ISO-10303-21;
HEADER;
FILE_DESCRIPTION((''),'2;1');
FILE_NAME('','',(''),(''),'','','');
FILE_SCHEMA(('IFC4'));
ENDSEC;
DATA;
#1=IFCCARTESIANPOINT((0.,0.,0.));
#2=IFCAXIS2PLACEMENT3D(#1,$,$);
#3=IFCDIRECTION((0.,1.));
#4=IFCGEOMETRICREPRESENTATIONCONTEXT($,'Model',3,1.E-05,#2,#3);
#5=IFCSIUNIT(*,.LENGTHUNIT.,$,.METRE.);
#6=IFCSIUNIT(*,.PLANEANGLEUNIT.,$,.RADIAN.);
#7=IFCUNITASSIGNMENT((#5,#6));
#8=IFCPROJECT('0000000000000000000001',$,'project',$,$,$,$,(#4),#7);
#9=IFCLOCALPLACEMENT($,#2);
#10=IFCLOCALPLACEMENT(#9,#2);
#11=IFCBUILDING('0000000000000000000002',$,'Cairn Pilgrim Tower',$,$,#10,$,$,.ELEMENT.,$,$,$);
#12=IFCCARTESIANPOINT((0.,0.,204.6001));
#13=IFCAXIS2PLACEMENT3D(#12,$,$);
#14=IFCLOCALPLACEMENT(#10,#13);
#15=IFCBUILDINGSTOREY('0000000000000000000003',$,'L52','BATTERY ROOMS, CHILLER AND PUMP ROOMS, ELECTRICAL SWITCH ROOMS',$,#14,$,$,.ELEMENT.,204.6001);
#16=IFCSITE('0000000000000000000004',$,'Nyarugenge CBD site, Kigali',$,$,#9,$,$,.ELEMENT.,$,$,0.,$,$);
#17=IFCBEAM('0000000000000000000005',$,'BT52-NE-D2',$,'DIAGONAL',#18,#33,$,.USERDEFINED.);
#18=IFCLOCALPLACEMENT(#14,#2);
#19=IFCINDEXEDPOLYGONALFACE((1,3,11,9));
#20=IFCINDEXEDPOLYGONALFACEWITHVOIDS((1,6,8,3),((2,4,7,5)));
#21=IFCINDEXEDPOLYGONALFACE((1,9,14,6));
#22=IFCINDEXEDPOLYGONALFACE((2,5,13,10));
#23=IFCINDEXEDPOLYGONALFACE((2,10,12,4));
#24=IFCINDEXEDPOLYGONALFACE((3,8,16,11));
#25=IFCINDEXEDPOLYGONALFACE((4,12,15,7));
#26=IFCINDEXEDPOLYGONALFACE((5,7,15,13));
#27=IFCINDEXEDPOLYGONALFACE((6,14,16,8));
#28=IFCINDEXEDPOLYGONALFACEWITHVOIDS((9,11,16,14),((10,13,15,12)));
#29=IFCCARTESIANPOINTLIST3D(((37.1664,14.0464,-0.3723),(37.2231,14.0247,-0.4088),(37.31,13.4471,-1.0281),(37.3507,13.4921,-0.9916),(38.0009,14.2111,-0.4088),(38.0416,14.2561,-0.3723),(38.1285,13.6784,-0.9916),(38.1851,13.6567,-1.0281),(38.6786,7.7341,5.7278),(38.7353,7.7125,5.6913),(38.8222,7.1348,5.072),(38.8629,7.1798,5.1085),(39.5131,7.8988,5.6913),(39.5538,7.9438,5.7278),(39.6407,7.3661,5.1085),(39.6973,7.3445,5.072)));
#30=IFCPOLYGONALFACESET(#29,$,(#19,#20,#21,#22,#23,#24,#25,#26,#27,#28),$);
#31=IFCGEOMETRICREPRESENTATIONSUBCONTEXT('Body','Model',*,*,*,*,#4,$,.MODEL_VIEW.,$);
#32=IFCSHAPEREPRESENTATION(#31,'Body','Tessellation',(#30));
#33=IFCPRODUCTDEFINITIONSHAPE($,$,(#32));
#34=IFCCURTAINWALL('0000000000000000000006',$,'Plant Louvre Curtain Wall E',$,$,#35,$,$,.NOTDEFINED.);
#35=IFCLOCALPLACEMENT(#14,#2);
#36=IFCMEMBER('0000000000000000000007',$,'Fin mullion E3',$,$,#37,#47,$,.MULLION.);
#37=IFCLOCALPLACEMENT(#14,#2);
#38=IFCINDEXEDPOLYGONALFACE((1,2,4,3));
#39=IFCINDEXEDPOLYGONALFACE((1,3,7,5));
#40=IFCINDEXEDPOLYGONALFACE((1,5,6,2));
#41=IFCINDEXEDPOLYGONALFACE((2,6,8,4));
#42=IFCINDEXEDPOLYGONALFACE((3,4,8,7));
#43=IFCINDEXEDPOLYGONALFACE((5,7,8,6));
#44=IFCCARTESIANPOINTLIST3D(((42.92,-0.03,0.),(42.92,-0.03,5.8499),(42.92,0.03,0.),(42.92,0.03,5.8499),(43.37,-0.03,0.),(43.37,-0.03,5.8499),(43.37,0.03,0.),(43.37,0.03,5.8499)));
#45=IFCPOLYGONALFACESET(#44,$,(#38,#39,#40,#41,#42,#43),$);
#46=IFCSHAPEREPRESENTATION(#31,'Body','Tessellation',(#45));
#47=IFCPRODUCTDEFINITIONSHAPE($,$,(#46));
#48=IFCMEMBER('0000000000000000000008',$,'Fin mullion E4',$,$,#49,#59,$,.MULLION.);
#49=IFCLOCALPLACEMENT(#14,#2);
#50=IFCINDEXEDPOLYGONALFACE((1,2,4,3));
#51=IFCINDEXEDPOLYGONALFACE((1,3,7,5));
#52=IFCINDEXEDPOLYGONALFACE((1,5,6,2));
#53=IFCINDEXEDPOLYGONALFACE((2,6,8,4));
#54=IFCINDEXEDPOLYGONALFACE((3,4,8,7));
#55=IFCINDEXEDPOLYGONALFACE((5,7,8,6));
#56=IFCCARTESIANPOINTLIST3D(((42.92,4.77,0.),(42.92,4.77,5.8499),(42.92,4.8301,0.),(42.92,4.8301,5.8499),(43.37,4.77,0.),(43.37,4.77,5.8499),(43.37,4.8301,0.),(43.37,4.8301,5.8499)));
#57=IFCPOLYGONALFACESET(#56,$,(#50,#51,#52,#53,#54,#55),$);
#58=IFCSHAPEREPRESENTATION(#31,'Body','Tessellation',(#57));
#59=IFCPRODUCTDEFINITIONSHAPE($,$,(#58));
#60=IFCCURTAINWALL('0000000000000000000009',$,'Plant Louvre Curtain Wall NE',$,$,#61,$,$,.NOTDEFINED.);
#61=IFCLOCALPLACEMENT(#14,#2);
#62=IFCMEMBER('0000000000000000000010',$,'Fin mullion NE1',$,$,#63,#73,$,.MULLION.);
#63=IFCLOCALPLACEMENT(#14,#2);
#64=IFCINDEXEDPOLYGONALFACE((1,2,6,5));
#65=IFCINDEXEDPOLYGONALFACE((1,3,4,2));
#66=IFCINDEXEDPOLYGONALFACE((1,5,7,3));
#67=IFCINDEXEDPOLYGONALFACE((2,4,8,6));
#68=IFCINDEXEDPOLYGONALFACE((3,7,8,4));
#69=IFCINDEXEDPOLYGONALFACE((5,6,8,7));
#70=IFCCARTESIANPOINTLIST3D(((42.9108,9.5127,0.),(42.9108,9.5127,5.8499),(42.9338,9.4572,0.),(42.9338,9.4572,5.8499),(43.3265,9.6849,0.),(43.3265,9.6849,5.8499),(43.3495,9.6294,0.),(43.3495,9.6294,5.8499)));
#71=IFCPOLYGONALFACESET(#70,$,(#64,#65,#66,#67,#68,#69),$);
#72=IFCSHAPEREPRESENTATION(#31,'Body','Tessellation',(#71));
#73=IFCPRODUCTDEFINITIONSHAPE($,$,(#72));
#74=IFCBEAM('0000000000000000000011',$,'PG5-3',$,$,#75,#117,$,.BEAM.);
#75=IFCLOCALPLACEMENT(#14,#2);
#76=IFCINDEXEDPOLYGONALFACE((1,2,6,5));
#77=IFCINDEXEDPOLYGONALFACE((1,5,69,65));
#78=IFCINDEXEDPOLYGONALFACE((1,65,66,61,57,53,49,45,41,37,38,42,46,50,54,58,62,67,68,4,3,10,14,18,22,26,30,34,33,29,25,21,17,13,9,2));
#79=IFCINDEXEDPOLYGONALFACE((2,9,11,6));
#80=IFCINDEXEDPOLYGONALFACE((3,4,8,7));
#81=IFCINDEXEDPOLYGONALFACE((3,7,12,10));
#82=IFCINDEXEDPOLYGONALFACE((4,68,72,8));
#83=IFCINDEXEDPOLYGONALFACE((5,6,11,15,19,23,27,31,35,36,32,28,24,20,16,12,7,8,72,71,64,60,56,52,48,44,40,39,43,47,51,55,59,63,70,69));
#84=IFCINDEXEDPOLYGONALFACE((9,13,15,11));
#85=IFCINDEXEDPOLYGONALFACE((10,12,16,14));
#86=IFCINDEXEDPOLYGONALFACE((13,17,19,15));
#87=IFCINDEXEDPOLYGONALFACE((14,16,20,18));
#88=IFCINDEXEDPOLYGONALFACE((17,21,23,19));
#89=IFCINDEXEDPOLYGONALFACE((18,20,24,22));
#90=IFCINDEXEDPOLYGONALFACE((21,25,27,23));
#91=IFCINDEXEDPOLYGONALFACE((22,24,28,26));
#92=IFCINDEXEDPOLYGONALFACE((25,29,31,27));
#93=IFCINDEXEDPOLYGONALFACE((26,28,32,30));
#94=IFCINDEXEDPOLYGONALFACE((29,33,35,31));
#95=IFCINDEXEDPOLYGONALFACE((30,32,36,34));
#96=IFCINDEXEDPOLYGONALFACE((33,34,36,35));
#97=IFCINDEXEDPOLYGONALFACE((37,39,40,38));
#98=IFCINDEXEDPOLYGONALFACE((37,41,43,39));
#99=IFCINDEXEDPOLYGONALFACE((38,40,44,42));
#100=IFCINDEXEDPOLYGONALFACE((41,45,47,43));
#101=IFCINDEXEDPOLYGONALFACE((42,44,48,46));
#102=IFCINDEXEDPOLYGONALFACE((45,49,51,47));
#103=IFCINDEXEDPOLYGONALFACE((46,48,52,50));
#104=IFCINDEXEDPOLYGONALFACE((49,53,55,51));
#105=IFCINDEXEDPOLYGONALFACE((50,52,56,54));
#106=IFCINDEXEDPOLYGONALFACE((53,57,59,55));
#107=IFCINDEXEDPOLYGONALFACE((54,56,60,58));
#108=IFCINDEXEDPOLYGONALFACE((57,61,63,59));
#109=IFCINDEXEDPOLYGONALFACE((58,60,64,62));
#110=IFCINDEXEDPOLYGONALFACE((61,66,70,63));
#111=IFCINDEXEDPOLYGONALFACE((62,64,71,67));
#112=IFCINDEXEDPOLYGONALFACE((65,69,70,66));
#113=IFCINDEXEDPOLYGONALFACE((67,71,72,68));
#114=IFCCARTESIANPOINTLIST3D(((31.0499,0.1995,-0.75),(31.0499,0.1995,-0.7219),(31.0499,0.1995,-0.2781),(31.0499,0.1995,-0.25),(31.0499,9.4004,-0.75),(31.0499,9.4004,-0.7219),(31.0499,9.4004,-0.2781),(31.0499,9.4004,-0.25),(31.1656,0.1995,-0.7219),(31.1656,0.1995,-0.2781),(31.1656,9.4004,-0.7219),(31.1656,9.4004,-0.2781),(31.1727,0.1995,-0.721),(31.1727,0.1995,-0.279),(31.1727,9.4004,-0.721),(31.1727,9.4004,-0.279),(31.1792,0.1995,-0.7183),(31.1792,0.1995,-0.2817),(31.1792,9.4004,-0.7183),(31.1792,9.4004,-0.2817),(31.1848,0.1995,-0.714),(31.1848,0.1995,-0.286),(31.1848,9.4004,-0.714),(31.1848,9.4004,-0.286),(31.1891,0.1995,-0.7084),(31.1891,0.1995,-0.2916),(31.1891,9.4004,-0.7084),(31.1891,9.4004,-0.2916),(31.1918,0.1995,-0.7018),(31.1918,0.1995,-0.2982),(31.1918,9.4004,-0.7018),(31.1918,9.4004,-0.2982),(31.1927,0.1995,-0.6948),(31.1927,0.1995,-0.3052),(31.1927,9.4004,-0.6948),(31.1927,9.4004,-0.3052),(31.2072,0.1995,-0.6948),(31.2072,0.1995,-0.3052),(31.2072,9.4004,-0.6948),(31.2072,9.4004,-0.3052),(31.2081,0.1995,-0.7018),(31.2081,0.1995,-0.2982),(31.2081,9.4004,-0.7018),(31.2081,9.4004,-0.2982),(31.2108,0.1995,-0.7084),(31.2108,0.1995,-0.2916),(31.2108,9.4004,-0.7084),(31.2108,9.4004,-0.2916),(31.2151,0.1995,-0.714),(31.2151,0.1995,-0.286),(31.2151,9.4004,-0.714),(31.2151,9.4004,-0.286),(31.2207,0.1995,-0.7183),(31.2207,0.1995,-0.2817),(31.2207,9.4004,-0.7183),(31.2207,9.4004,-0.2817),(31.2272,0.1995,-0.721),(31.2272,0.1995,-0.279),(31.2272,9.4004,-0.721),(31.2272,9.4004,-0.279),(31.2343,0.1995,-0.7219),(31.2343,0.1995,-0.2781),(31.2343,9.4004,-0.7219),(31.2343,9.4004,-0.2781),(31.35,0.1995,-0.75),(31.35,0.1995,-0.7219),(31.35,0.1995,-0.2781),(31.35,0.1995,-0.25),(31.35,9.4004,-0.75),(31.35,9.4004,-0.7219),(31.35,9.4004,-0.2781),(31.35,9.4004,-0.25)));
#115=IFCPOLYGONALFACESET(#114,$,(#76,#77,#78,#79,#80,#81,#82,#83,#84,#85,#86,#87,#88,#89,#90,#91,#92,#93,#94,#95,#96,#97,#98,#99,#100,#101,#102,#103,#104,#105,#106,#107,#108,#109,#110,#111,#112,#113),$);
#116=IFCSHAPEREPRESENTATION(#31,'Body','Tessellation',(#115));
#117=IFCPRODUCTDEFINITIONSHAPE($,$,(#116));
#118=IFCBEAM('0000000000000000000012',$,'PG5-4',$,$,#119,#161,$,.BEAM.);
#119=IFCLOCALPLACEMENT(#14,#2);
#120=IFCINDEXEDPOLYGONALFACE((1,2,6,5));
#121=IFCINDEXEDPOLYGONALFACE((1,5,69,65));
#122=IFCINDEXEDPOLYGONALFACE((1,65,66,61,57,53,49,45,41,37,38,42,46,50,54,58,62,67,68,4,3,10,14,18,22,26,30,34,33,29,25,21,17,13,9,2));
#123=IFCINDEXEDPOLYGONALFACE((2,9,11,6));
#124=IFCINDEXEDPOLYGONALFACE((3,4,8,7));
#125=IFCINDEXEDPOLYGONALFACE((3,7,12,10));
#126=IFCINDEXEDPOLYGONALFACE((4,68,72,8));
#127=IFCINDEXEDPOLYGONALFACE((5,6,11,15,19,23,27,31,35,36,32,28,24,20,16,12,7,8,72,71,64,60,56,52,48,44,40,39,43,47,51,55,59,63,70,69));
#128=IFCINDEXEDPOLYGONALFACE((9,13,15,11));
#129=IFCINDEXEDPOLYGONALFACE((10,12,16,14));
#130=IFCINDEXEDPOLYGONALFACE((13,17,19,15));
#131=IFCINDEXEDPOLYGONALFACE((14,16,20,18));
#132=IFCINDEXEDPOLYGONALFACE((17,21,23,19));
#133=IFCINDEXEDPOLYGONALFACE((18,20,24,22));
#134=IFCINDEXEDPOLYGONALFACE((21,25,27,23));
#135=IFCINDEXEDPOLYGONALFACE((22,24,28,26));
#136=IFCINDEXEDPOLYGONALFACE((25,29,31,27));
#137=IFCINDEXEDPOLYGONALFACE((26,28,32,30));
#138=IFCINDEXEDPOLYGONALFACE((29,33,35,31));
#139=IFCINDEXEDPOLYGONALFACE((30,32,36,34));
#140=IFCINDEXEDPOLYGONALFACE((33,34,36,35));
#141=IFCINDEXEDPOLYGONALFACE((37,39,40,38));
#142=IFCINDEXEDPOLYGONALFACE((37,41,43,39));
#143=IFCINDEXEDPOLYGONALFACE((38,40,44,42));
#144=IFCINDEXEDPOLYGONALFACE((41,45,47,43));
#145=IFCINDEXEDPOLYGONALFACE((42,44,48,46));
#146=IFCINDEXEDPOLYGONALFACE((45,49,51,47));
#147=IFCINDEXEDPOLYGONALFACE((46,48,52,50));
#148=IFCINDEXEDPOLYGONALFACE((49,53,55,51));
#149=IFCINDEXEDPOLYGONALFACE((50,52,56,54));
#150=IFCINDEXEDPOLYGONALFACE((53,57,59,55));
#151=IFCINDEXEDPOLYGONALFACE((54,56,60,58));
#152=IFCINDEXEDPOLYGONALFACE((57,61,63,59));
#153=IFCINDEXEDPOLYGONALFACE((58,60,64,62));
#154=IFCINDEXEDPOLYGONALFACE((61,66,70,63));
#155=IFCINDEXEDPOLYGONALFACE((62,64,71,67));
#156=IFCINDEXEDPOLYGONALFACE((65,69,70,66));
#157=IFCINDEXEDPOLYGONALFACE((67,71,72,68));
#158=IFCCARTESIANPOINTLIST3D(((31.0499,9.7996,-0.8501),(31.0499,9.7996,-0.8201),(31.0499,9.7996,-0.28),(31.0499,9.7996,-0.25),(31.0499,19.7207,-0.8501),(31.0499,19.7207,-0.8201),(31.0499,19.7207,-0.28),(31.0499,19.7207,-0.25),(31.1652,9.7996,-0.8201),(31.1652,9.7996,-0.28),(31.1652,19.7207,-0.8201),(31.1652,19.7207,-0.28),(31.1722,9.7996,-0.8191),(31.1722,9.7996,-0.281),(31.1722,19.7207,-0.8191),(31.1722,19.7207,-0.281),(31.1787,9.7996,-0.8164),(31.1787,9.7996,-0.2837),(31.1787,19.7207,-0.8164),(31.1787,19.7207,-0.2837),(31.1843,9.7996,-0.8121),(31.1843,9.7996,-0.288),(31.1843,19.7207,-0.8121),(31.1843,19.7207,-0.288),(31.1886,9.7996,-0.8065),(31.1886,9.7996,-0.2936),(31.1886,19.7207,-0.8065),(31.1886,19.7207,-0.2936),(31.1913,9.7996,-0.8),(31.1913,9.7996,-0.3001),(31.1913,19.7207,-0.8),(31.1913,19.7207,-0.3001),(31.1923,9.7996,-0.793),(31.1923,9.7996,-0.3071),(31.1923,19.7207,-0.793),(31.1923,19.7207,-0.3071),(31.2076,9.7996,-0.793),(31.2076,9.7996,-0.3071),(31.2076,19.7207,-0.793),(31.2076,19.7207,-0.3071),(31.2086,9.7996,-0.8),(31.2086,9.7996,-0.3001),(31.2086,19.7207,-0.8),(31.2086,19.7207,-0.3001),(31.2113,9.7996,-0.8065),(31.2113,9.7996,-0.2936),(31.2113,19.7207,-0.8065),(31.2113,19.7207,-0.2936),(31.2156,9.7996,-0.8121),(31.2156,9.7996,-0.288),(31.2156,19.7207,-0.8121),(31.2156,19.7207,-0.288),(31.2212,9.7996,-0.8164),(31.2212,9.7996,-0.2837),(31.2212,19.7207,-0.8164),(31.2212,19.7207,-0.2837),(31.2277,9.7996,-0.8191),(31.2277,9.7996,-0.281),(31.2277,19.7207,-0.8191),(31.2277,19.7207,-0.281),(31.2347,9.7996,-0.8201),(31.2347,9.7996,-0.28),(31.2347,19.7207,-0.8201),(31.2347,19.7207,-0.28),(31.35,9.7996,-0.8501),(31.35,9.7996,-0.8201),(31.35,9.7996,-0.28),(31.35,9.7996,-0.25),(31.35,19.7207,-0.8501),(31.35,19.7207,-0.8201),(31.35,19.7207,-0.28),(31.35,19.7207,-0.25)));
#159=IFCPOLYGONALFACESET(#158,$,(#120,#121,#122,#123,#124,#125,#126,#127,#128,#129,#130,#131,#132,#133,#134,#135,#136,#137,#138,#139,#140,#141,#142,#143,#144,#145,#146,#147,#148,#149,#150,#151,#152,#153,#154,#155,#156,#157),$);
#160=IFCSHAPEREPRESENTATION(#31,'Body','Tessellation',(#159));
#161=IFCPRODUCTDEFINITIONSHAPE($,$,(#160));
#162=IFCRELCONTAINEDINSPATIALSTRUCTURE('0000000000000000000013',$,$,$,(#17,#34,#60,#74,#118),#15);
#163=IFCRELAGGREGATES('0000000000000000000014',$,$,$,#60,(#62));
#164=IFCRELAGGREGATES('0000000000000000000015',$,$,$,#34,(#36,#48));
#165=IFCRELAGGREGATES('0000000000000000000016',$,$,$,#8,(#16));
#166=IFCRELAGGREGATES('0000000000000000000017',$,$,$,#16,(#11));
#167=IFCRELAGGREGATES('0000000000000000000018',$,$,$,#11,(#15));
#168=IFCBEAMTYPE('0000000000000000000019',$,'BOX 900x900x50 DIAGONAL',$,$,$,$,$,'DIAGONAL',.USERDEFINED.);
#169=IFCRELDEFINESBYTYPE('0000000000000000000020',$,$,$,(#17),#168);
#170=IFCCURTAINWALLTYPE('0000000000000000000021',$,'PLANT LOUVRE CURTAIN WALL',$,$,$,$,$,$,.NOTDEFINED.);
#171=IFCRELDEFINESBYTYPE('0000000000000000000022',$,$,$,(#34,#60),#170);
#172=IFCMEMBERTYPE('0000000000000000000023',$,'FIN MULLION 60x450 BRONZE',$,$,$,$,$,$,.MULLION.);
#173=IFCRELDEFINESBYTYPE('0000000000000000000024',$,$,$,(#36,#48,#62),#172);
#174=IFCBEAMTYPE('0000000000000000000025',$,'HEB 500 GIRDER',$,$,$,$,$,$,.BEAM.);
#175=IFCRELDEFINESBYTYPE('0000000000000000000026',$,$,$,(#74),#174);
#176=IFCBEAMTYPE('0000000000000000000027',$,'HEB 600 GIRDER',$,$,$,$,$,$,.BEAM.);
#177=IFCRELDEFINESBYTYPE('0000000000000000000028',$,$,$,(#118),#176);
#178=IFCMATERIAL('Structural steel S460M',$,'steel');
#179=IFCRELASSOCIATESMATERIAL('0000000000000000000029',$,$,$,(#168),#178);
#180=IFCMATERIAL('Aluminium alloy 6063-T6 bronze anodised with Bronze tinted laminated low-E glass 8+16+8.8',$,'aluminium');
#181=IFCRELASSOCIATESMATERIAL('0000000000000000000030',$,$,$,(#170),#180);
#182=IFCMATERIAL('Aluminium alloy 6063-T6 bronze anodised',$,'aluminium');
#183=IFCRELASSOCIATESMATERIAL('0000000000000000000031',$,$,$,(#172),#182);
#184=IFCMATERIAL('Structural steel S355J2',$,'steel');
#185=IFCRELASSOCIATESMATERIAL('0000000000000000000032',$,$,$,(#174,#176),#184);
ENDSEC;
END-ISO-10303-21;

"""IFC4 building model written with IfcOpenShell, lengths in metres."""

from ifc_helpers import new_model, si_unit, direction, frame, origin, origin_2d, place, context, subcontext, project, spatial, rectangle, hollow_rectangle, i_section, extrude, material, material_profile, profile_set, type_object, element, aggregate, save


model = new_model("IFC4")

# Units and contexts
model_context = context("Model", 3, precision=1e-05, world=origin(), true_north=direction((0.0, 1.0)))
body_context = subcontext(model_context, "Body", "Model", "MODEL_VIEW")
ifc_project = project(units=[si_unit("LENGTHUNIT", "METRE"), si_unit("PLANEANGLEUNIT", "RADIAN")], contexts=[model_context])

# Site, building, storey
site_placement = place(None, origin())
site = spatial("IfcSite", under=ifc_project, at=site_placement, Name="Nyarugenge CBD site, Kigali", CompositionType="ELEMENT", RefElevation=0.0)
building_placement = place(site_placement, origin())
building = spatial("IfcBuilding", under=site, at=building_placement, Name="Cairn Pilgrim Tower", CompositionType="ELEMENT")
storey_placement = place(building_placement, frame((0.0, 0.0, 204.6001)))
storey = spatial("IfcBuildingStorey", under=building, at=storey_placement, Name="L52", Description="BATTERY ROOMS, CHILLER AND PUMP ROOMS, ELECTRICAL SWITCH ROOMS", CompositionType="ELEMENT", Elevation=204.6001)

# Shared definitions
ifc_material_1 = material(Name="Structural steel S460M", Category="steel")
ifc_material_2 = material(Name="Structural steel S355J2", Category="steel")

# Beam
ifc_material_profile_1 = material_profile(ifc_material_1, hollow_rectangle(XDim=0.8999, YDim=0.8999, WallThickness=0.05, at=origin_2d()), Name="BOX 900x900x50")
ifc_profile_set_1 = profile_set([ifc_material_profile_1], Name="Structural steel S460M")
beam_type_1 = type_object("IfcBeamType", Name="BOX 900x900x50 DIAGONAL", ElementType="DIAGONAL", PredefinedType="USERDEFINED", material=ifc_profile_set_1)
beam_1_placement = place(storey_placement, frame((39.188, 7.5393, 5.3999), z_axis=(-0.169769, 0.70865, -0.684832), x_axis=(-0.972483, -0.232975, 0.0)))
element("IfcBeam", 1, at=beam_1_placement, inside=storey, type_object=beam_type_1, Name="BT52-NE-D2", ObjectType="DIAGONAL", PredefinedType="USERDEFINED", context=body_context, shape_type="SweptSolid", body=[
    extrude(hollow_rectangle(XDim=0.8999, YDim=0.8999, WallThickness=0.05, at=origin_2d()), origin(), (0.0, 0.0, 1.0), 8.9075),
])

# Curtain wall, members
ifc_material_3 = material(Name="Aluminium alloy 6063-T6 bronze anodised with Bronze tinted laminated low-E glass 8+16+8.8", Category="aluminium")
curtain_wall_type = type_object("IfcCurtainWallType", Name="PLANT LOUVRE CURTAIN WALL", PredefinedType="NOTDEFINED", material=ifc_material_3)
curtain_wall_1_placement = place(storey_placement, origin())
curtain_wall_1 = element("IfcCurtainWall", 2, at=curtain_wall_1_placement, inside=storey, type_object=curtain_wall_type, Name="Plant Louvre Curtain Wall E", PredefinedType="NOTDEFINED")
ifc_material_4 = material(Name="Aluminium alloy 6063-T6 bronze anodised", Category="aluminium")
ifc_material_profile_2 = material_profile(ifc_material_4, rectangle(XDim=0.45, YDim=0.0601, at=origin_2d()), Name="FIN MULLION 60x450 BRONZE")
ifc_profile_set_2 = profile_set([ifc_material_profile_2], Name="Aluminium alloy 6063-T6 bronze anodised")
member_type_1 = type_object("IfcMemberType", Name="FIN MULLION 60x450 BRONZE", PredefinedType="MULLION", material=ifc_profile_set_2)
member_1_placement = place(storey_placement, frame((43.145, 0.0, 0.0), z_axis=(0.0, 0.0, 1.0), x_axis=(1.0, 0.0, 0.0)))
member_1 = element("IfcMember", 3, at=member_1_placement, type_object=member_type_1, Name="Fin mullion E3", PredefinedType="MULLION", context=body_context, shape_type="SweptSolid", body=[
    extrude(rectangle(XDim=0.45, YDim=0.0601, at=origin_2d()), origin(), (0.0, 0.0, 1.0), 5.8499),
])
member_2_placement = place(storey_placement, frame((43.145, 4.8, 0.0), z_axis=(0.0, 0.0, 1.0), x_axis=(1.0, 0.0, 0.0)))
member_2 = element("IfcMember", 4, at=member_2_placement, type_object=member_type_1, Name="Fin mullion E4", PredefinedType="MULLION", context=body_context, shape_type="SweptSolid", body=[
    extrude(rectangle(XDim=0.45, YDim=0.0601, at=origin_2d()), origin(), (0.0, 0.0, 1.0), 5.8499),
])

# Curtain wall, member
curtain_wall_2_placement = place(storey_placement, origin())
curtain_wall_2 = element("IfcCurtainWall", 5, at=curtain_wall_2_placement, inside=storey, type_object=curtain_wall_type, Name="Plant Louvre Curtain Wall NE", PredefinedType="NOTDEFINED")
member_3_placement = place(storey_placement, frame((43.1301, 9.571, 0.0), z_axis=(0.0, 0.0, 1.0), x_axis=(0.92388, 0.382683, 0.0)))
member_3 = element("IfcMember", 6, at=member_3_placement, type_object=member_type_1, Name="Fin mullion NE1", PredefinedType="MULLION", context=body_context, shape_type="SweptSolid", body=[
    extrude(rectangle(XDim=0.45, YDim=0.0601, at=origin_2d()), origin(), (0.0, 0.0, 1.0), 5.8499),
])

# Beams
ifc_material_profile_3 = material_profile(ifc_material_2, i_section(OverallWidth=0.3, OverallDepth=0.5, WebThickness=0.0144, FlangeThickness=0.0281, FilletRadius=0.0271, at=origin_2d()), Name="HEB 500")
ifc_profile_set_3 = profile_set([ifc_material_profile_3], Name="Structural steel S355J2")
beam_type_2 = type_object("IfcBeamType", Name="HEB 500 GIRDER", PredefinedType="BEAM", material=ifc_profile_set_3)
beam_2_placement = place(storey_placement, frame((31.2, 0.1995, -0.5), z_axis=(0.0, 1.0, 0.0), x_axis=(-1.0, 0.0, 0.0)))
element("IfcBeam", 7, at=beam_2_placement, inside=storey, type_object=beam_type_2, Name="PG5-3", PredefinedType="BEAM", context=body_context, shape_type="SweptSolid", body=[
    extrude(i_section(OverallWidth=0.3, OverallDepth=0.5, WebThickness=0.0144, FlangeThickness=0.0281, FilletRadius=0.0271, at=origin_2d()), origin(), (0.0, 0.0, 1.0), 9.2009),
])
ifc_material_profile_4 = material_profile(ifc_material_2, i_section(OverallWidth=0.3, OverallDepth=0.6001, WebThickness=0.0154, FlangeThickness=0.03, FilletRadius=0.0271, at=origin_2d()), Name="HEB 600")
ifc_profile_set_4 = profile_set([ifc_material_profile_4], Name="Structural steel S355J2")
beam_type_3 = type_object("IfcBeamType", Name="HEB 600 GIRDER", PredefinedType="BEAM", material=ifc_profile_set_4)
beam_3_placement = place(storey_placement, frame((31.2, 9.7996, -0.55), z_axis=(0.0, 1.0, 0.0), x_axis=(-1.0, 0.0, 0.0)))
element("IfcBeam", 8, at=beam_3_placement, inside=storey, type_object=beam_type_3, Name="PG5-4", PredefinedType="BEAM", context=body_context, shape_type="SweptSolid", body=[
    extrude(i_section(OverallWidth=0.3, OverallDepth=0.6001, WebThickness=0.0154, FlangeThickness=0.03, FilletRadius=0.0271, at=origin_2d()), origin(), (0.0, 0.0, 1.0), 9.9211),
])

aggregate(curtain_wall_2, [member_3])
aggregate(curtain_wall_1, [member_1, member_2])

save(model, "model.ifc")
